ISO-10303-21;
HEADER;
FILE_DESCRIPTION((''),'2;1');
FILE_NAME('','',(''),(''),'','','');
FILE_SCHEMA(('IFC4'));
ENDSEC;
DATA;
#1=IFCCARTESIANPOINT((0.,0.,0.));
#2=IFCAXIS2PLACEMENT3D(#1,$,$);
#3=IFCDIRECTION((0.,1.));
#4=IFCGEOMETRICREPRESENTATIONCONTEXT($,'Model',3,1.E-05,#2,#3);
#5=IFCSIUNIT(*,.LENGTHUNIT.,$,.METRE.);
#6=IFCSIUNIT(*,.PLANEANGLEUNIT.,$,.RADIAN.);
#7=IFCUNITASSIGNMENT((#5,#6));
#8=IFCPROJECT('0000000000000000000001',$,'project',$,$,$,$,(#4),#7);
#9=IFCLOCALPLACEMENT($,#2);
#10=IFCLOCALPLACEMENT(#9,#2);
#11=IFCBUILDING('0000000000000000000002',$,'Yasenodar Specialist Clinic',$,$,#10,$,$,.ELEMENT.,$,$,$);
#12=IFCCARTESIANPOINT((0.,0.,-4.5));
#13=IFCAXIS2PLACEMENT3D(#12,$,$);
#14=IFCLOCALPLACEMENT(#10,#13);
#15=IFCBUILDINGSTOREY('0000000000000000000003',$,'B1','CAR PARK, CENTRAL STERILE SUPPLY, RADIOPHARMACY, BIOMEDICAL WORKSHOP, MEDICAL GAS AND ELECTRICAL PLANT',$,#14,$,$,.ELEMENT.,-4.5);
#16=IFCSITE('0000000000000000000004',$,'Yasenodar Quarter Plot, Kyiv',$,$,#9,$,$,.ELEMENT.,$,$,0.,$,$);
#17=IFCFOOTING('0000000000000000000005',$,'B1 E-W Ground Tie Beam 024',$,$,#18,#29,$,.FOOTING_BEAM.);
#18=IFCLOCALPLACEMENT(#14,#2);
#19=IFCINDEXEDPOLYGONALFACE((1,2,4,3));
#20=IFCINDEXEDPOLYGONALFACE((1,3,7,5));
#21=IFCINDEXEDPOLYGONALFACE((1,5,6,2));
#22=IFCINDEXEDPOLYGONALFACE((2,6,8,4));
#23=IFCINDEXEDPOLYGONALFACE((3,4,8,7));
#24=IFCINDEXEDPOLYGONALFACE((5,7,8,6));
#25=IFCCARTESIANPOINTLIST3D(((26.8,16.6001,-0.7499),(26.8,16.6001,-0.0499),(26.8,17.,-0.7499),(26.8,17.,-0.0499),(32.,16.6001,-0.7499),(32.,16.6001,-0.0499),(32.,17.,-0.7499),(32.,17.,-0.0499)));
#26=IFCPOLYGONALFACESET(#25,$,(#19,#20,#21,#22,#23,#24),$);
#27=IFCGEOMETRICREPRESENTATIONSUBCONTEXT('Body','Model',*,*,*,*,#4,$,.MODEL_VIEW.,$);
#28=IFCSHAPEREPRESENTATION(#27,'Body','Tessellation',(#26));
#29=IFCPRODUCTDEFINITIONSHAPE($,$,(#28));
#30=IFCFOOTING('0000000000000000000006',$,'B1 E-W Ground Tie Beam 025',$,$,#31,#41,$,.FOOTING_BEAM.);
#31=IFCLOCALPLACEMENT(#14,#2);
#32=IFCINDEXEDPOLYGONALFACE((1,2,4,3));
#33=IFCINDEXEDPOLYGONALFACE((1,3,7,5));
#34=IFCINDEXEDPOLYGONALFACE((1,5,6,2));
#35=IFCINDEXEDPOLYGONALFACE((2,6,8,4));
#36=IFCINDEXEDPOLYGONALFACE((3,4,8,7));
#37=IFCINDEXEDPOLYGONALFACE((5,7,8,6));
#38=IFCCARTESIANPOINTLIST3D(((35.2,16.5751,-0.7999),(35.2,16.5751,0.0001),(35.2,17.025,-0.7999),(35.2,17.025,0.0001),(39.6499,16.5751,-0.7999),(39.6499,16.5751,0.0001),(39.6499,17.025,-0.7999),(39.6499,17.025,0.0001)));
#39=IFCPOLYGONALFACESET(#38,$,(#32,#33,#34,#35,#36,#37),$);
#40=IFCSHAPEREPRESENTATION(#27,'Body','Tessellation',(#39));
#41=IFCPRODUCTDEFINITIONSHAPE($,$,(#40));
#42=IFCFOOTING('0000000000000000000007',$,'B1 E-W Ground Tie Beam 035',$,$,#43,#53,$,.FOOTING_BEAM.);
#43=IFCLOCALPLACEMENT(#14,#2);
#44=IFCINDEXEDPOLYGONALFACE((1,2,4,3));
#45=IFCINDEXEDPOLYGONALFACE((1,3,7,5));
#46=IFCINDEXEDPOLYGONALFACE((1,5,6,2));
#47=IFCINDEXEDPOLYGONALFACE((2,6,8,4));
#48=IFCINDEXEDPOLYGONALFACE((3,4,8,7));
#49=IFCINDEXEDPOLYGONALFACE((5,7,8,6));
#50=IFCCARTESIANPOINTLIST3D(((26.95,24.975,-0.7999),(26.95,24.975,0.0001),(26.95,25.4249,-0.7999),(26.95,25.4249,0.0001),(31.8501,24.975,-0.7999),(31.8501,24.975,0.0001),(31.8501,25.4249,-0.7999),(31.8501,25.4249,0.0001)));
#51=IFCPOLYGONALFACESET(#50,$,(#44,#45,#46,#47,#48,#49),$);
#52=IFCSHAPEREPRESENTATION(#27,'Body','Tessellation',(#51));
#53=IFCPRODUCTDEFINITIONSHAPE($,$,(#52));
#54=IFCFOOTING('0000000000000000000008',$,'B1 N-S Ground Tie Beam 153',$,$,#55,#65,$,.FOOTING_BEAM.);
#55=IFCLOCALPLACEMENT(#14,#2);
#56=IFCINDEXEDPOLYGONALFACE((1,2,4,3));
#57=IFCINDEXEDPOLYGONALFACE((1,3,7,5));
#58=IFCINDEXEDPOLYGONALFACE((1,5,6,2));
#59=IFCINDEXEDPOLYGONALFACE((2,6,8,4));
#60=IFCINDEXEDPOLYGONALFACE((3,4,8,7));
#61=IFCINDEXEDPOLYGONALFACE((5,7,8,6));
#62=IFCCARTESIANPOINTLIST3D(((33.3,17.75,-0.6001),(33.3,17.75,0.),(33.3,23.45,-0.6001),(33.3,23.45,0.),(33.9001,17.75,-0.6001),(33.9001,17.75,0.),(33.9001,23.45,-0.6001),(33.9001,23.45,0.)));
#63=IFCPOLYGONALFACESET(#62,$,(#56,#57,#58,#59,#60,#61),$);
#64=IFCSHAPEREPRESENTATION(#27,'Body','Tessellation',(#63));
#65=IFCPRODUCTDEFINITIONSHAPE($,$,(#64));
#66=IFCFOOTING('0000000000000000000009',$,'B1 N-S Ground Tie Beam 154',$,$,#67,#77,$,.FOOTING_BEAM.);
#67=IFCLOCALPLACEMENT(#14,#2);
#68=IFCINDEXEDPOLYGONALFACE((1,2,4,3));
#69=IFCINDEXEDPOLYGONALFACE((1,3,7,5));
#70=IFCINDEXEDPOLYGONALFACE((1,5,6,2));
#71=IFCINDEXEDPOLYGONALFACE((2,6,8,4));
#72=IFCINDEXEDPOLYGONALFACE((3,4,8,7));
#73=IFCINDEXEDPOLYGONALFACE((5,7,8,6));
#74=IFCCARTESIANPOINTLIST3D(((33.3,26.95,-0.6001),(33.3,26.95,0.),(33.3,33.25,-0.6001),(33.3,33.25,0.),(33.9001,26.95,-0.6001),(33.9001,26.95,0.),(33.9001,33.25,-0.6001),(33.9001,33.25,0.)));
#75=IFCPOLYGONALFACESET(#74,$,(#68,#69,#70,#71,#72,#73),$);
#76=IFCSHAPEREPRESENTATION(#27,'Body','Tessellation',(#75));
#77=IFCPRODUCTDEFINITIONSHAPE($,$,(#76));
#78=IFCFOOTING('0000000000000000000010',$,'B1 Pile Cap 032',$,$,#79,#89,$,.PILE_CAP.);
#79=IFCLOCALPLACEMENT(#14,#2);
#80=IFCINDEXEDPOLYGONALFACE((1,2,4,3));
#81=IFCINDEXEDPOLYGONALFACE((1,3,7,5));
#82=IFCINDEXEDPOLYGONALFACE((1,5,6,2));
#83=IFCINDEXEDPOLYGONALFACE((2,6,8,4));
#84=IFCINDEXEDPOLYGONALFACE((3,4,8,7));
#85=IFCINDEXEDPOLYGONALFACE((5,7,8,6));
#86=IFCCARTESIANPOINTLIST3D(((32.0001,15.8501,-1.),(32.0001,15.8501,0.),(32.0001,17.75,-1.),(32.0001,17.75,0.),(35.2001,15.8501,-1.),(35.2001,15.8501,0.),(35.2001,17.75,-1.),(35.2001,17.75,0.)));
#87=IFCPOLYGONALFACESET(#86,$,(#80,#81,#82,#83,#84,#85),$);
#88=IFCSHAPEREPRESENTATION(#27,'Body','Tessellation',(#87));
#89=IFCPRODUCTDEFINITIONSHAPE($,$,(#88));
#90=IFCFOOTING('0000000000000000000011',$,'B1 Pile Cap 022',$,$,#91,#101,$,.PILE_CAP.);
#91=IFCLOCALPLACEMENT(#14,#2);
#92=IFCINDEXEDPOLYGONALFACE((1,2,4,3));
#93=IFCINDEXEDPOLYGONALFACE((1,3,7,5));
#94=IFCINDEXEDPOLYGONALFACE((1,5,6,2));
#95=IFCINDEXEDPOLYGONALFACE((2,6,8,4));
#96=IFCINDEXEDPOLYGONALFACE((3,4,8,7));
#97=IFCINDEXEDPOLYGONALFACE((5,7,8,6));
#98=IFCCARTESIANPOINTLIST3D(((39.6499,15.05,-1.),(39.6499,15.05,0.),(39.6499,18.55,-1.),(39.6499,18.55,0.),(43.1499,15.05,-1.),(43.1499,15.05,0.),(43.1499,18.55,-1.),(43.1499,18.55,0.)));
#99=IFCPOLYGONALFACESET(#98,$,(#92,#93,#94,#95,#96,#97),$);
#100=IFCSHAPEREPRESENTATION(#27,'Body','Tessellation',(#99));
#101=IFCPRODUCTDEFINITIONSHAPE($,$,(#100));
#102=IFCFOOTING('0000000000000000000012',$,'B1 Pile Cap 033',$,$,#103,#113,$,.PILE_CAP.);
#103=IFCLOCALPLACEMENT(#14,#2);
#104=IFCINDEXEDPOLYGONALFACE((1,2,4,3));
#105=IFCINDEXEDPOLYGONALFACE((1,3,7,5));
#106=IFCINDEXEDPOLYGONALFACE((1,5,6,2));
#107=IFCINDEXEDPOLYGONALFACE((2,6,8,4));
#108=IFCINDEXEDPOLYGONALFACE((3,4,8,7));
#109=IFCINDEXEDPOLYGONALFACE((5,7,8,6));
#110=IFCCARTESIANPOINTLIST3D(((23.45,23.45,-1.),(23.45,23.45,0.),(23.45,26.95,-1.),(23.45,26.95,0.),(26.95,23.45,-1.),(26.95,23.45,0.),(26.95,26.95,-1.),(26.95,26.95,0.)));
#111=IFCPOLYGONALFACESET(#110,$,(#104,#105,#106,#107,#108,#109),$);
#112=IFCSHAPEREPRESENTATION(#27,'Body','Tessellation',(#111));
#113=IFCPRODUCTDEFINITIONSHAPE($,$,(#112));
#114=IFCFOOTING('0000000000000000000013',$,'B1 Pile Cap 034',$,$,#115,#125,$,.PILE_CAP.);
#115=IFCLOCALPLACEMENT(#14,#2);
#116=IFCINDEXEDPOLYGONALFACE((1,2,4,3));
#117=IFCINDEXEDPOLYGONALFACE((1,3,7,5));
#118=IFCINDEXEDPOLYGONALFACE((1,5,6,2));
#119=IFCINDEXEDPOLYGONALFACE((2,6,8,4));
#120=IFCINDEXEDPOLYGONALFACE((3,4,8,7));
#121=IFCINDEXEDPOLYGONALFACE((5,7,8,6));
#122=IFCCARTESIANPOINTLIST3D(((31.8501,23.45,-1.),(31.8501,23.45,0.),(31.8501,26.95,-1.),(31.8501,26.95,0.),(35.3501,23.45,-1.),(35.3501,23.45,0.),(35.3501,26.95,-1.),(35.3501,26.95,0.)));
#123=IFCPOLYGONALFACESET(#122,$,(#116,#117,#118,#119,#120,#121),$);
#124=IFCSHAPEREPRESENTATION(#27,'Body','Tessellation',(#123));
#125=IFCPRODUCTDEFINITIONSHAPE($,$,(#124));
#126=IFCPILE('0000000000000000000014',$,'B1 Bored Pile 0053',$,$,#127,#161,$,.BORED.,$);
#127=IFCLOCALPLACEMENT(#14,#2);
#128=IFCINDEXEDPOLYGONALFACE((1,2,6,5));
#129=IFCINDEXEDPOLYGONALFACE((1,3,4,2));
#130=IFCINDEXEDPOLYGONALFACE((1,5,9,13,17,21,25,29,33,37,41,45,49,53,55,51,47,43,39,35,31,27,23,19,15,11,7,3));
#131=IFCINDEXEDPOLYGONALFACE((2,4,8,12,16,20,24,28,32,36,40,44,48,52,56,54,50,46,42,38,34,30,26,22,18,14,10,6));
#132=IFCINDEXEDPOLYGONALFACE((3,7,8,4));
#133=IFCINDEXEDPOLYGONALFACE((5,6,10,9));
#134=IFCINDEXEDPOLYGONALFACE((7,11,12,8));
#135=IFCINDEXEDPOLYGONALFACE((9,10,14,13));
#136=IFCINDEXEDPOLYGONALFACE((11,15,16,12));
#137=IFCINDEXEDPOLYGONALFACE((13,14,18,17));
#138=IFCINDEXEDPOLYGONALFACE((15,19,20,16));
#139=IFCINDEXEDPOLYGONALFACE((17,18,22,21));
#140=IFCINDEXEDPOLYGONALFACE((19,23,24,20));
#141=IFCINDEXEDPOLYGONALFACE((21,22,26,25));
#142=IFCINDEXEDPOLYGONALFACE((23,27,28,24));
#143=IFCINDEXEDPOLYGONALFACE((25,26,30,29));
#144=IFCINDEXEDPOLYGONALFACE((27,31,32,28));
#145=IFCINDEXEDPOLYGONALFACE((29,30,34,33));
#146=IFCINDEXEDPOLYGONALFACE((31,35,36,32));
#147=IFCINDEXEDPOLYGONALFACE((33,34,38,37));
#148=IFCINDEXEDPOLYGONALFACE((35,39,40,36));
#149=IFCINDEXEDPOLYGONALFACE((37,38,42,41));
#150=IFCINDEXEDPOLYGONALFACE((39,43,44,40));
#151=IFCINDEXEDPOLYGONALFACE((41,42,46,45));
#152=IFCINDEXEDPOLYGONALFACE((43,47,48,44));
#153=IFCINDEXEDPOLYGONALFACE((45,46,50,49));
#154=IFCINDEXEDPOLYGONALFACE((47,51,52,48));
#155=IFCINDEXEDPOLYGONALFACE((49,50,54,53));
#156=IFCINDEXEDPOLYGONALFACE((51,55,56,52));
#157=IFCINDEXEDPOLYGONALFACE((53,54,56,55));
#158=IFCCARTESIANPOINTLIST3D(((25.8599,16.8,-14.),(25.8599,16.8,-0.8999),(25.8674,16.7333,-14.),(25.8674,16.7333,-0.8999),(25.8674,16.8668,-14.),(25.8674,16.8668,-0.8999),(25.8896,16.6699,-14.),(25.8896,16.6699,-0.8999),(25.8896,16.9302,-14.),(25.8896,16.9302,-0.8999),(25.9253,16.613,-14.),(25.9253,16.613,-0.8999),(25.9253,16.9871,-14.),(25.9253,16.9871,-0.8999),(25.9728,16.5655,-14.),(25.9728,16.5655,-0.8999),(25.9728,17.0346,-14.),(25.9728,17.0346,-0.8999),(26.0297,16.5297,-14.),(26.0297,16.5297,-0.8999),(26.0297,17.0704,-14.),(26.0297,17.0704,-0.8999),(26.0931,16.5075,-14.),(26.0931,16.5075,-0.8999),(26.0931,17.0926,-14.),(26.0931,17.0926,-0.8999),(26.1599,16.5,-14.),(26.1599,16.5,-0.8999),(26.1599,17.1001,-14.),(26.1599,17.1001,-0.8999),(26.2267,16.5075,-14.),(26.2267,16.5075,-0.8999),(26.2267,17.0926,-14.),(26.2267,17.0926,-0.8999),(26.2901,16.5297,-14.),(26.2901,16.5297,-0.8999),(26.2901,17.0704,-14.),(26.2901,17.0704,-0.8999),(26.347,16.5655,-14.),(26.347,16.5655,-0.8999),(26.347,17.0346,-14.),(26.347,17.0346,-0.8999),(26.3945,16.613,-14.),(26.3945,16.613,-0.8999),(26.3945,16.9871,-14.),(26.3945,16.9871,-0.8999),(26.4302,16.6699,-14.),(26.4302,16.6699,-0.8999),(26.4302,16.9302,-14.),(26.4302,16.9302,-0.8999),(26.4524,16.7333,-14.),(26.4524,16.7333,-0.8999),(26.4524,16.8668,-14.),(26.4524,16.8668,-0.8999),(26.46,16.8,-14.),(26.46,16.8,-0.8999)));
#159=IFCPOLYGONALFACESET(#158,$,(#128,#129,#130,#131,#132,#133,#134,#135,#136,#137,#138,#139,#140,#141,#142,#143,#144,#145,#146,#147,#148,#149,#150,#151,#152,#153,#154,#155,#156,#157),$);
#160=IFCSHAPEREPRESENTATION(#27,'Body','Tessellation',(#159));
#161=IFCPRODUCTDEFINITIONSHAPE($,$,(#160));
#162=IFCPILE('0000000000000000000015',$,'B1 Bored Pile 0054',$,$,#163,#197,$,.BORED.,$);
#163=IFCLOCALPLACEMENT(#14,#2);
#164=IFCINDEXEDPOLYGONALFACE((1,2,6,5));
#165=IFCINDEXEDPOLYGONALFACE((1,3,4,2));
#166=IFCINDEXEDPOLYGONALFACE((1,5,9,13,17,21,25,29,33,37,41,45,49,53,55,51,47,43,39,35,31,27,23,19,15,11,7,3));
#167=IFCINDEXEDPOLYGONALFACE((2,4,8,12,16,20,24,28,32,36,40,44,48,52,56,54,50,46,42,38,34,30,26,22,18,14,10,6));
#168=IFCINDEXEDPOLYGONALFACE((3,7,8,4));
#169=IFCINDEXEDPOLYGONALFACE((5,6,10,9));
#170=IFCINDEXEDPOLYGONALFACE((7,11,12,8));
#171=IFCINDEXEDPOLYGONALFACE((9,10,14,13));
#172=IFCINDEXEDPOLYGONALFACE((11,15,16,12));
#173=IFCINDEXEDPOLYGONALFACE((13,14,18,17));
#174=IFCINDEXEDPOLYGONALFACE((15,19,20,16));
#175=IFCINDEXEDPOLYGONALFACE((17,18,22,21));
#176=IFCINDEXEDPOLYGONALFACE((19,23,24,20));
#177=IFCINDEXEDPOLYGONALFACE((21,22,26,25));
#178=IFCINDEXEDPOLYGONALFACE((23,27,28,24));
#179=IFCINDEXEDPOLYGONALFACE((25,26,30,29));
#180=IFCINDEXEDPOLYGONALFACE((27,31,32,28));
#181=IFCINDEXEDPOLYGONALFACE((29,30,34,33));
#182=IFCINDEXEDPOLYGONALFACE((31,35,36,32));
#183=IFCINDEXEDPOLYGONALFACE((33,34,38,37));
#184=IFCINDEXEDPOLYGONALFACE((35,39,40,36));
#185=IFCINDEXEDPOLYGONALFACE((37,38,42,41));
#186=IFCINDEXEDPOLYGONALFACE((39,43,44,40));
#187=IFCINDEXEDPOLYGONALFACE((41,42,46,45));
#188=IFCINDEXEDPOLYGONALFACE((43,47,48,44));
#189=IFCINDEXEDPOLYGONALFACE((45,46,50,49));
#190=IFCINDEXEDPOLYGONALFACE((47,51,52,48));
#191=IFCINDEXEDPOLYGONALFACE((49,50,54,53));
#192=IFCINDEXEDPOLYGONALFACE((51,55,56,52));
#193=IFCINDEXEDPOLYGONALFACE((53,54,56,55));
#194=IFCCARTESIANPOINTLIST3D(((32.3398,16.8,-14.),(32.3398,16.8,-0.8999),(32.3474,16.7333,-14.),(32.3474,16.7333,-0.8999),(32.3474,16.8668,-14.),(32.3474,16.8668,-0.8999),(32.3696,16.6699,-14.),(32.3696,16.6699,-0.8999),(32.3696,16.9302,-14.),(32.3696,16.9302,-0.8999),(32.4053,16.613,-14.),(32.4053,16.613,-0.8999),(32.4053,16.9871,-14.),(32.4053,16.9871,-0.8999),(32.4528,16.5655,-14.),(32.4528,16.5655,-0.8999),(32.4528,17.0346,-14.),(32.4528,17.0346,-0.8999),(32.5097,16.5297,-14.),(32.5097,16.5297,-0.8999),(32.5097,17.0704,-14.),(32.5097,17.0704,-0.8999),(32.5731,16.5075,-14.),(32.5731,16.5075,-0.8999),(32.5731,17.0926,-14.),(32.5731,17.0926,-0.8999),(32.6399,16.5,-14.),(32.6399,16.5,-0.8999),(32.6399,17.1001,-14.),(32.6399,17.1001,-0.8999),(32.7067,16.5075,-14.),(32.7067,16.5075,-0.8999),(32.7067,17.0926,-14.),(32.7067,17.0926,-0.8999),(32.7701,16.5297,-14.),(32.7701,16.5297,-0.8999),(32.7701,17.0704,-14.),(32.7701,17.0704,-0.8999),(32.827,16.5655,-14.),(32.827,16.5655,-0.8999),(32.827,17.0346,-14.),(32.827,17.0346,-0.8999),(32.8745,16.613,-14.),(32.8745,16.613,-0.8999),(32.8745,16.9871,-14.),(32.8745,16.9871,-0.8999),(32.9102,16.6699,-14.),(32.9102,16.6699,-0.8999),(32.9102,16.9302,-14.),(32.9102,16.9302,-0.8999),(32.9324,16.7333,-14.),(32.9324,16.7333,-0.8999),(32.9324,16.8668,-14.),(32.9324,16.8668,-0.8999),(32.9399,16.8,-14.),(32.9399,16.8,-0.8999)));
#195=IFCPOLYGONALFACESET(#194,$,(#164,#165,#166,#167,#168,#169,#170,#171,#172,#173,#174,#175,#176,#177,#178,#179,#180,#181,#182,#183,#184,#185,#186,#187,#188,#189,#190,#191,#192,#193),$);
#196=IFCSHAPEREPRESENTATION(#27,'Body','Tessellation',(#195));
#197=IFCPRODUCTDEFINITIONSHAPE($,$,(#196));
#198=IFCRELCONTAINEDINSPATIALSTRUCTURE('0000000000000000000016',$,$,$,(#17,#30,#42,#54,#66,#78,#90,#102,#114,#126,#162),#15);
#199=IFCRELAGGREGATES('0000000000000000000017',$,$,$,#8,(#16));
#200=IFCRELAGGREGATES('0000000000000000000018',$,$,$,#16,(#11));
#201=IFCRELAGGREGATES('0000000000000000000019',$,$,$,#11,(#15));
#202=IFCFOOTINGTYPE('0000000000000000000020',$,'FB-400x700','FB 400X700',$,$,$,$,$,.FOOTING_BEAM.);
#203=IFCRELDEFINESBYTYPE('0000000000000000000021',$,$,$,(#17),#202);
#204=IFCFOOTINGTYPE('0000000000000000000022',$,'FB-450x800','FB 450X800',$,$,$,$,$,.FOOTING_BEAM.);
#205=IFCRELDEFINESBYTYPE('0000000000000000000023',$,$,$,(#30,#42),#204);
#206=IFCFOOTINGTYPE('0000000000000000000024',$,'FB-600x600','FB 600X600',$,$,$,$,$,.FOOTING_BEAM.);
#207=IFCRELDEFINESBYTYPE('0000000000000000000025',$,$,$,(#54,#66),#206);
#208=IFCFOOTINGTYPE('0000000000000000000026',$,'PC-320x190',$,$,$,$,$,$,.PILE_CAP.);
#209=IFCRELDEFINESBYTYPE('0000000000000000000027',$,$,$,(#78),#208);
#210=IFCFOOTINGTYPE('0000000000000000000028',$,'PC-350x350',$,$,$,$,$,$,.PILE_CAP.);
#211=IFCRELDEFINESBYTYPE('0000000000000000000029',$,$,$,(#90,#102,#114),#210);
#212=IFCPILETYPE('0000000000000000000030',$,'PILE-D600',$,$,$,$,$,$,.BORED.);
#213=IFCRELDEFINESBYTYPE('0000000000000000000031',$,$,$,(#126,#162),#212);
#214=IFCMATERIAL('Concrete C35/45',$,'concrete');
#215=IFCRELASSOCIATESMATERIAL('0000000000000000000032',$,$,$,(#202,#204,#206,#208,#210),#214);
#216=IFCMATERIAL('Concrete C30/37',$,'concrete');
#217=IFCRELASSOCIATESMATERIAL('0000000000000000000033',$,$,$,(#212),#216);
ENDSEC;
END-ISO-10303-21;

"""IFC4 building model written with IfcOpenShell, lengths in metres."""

from ifc_helpers import new_model, si_unit, direction, frame, origin, origin_2d, place, context, subcontext, project, spatial, rectangle, circle, extrude, material, material_profile, profile_set, type_object, element, save


model = new_model("IFC4")

# Units and contexts
model_context = context("Model", 3, precision=1e-05, world=origin(), true_north=direction((0.0, 1.0)))
body_context = subcontext(model_context, "Body", "Model", "MODEL_VIEW")
ifc_project = project(units=[si_unit("LENGTHUNIT", "METRE"), si_unit("PLANEANGLEUNIT", "RADIAN")], contexts=[model_context])

# Site, building, storey
site_placement = place(None, origin())
site = spatial("IfcSite", under=ifc_project, at=site_placement, Name="Yasenodar Quarter Plot, Kyiv", CompositionType="ELEMENT", RefElevation=0.0)
building_placement = place(site_placement, origin())
building = spatial("IfcBuilding", under=site, at=building_placement, Name="Yasenodar Specialist Clinic", CompositionType="ELEMENT")
storey_placement = place(building_placement, frame((0.0, 0.0, -4.5)))
storey = spatial("IfcBuildingStorey", under=building, at=storey_placement, Name="B1", Description="CAR PARK, CENTRAL STERILE SUPPLY, RADIOPHARMACY, BIOMEDICAL WORKSHOP, MEDICAL GAS AND ELECTRICAL PLANT", CompositionType="ELEMENT", Elevation=-4.5)

# Footings
ifc_material_1 = material(Name="Concrete C35/45", Category="concrete")
ifc_material_profile_1 = material_profile(ifc_material_1, rectangle(XDim=0.3999, YDim=0.7, at=origin_2d()), Name="RC 400x700")
ifc_profile_set_1 = profile_set([ifc_material_profile_1], Name="Concrete C35/45")
footing_type_1 = type_object("IfcFootingType", Name="FB-400x700", Description="FB 400X700", PredefinedType="FOOTING_BEAM", material=ifc_profile_set_1)
footing_1_placement = place(storey_placement, frame((26.8, 16.8, -0.3999), z_axis=(1.0, 0.0, 0.0), x_axis=(0.0, 1.0, 0.0)))
element("IfcFooting", 1, at=footing_1_placement, inside=storey, type_object=footing_type_1, Name="B1 E-W Ground Tie Beam 024", PredefinedType="FOOTING_BEAM", context=body_context, shape_type="SweptSolid", body=[
    extrude(rectangle(XDim=0.3999, YDim=0.7, at=origin_2d()), origin(), (0.0, 0.0, 1.0), 5.2),
])
ifc_material_profile_2 = material_profile(ifc_material_1, rectangle(XDim=0.45, YDim=0.8, at=origin_2d()), Name="RC 450x800")
ifc_profile_set_2 = profile_set([ifc_material_profile_2], Name="Concrete C35/45")
footing_type_2 = type_object("IfcFootingType", Name="FB-450x800", Description="FB 450X800", PredefinedType="FOOTING_BEAM", material=ifc_profile_set_2)
footing_2_placement = place(storey_placement, frame((35.2, 16.8, -0.3999), z_axis=(1.0, 0.0, 0.0), x_axis=(0.0, 1.0, 0.0)))
element("IfcFooting", 2, at=footing_2_placement, inside=storey, type_object=footing_type_2, Name="B1 E-W Ground Tie Beam 025", PredefinedType="FOOTING_BEAM", context=body_context, shape_type="SweptSolid", body=[
    extrude(rectangle(XDim=0.45, YDim=0.8, at=origin_2d()), origin(), (0.0, 0.0, 1.0), 4.45),
])
footing_3_placement = place(storey_placement, frame((26.95, 25.2, -0.3999), z_axis=(1.0, 0.0, 0.0), x_axis=(0.0, 1.0, 0.0)))
element("IfcFooting", 3, at=footing_3_placement, inside=storey, type_object=footing_type_2, Name="B1 E-W Ground Tie Beam 035", PredefinedType="FOOTING_BEAM", context=body_context, shape_type="SweptSolid", body=[
    extrude(rectangle(XDim=0.45, YDim=0.8, at=origin_2d()), origin(), (0.0, 0.0, 1.0), 4.9001),
])
ifc_material_profile_3 = material_profile(ifc_material_1, rectangle(XDim=0.6001, YDim=0.6001, at=origin_2d()), Name="RC 600x600")
ifc_profile_set_3 = profile_set([ifc_material_profile_3], Name="Concrete C35/45")
footing_type_3 = type_object("IfcFootingType", Name="FB-600x600", Description="FB 600X600", PredefinedType="FOOTING_BEAM", material=ifc_profile_set_3)
footing_4_placement = place(storey_placement, frame((33.6001, 17.75, -0.3), z_axis=(0.0, 1.0, 0.0), x_axis=(-1.0, 0.0, 0.0)))
element("IfcFooting", 4, at=footing_4_placement, inside=storey, type_object=footing_type_3, Name="B1 N-S Ground Tie Beam 153", PredefinedType="FOOTING_BEAM", context=body_context, shape_type="SweptSolid", body=[
    extrude(rectangle(XDim=0.6001, YDim=0.6001, at=origin_2d()), origin(), (0.0, 0.0, 1.0), 5.7),
])
footing_5_placement = place(storey_placement, frame((33.6001, 26.95, -0.3), z_axis=(0.0, 1.0, 0.0), x_axis=(-1.0, 0.0, 0.0)))
element("IfcFooting", 5, at=footing_5_placement, inside=storey, type_object=footing_type_3, Name="B1 N-S Ground Tie Beam 154", PredefinedType="FOOTING_BEAM", context=body_context, shape_type="SweptSolid", body=[
    extrude(rectangle(XDim=0.6001, YDim=0.6001, at=origin_2d()), origin(), (0.0, 0.0, 1.0), 6.3),
])
footing_type_4 = type_object("IfcFootingType", Name="PC-320x190", PredefinedType="PILE_CAP", material=ifc_material_1)
footing_6_placement = place(storey_placement, frame((33.6001, 16.8, -1.0), z_axis=(0.0, 0.0, 1.0), x_axis=(1.0, 0.0, 0.0)))
element("IfcFooting", 6, at=footing_6_placement, inside=storey, type_object=footing_type_4, Name="B1 Pile Cap 032", PredefinedType="PILE_CAP", context=body_context, shape_type="SweptSolid", body=[
    extrude(rectangle(XDim=3.2, YDim=1.8999, at=origin_2d()), origin(), (0.0, 0.0, 1.0), 1.0),
])
footing_type_5 = type_object("IfcFootingType", Name="PC-350x350", PredefinedType="PILE_CAP", material=ifc_material_1)
for number, where, z_axis, x_axis, name in (
    (7, (41.3999, 16.8, -1.0), (0.0, 0.0, 1.0), (1.0, 0.0, 0.0), "B1 Pile Cap 022"),
    (8, (25.2, 25.2, -1.0), (0.0, 0.0, 1.0), (1.0, 0.0, 0.0), "B1 Pile Cap 033"),
    (9, (33.6001, 25.2, -1.0), (0.0, 0.0, 1.0), (1.0, 0.0, 0.0), "B1 Pile Cap 034"),
):
    element("IfcFooting", number, at=place(storey_placement, frame(where, z_axis=z_axis, x_axis=x_axis)), inside=storey, type_object=footing_type_5, Name=name, PredefinedType="PILE_CAP", context=body_context, shape_type="SweptSolid", body=[
        extrude(rectangle(XDim=3.5, YDim=3.5, at=origin_2d()), origin(), (0.0, 0.0, 1.0), 1.0),
    ])

# Piles
ifc_material_2 = material(Name="Concrete C30/37", Category="concrete")
ifc_material_profile_4 = material_profile(ifc_material_2, circle(Radius=0.3, at=origin_2d()), Name="PILE D600")
ifc_profile_set_4 = profile_set([ifc_material_profile_4], Name="Concrete C30/37")
pile_type_1 = type_object("IfcPileType", Name="PILE-D600", PredefinedType="BORED", material=ifc_profile_set_4)
for number, where, z_axis, x_axis, name in (
    (10, (26.1599, 16.8, -0.8999), (0.0, 0.0, -1.0), (1.0, 0.0, 0.0), "B1 Bored Pile 0053"),
    (11, (32.6399, 16.8, -0.8999), (0.0, 0.0, -1.0), (1.0, 0.0, 0.0), "B1 Bored Pile 0054"),
):
    element("IfcPile", number, at=place(storey_placement, frame(where, z_axis=z_axis, x_axis=x_axis)), inside=storey, type_object=pile_type_1, Name=name, PredefinedType="BORED", context=body_context, shape_type="SweptSolid", body=[
        extrude(circle(Radius=0.3, at=origin_2d()), origin(), (0.0, 0.0, 1.0), 13.1001),
    ])

save(model, "model.ifc")
